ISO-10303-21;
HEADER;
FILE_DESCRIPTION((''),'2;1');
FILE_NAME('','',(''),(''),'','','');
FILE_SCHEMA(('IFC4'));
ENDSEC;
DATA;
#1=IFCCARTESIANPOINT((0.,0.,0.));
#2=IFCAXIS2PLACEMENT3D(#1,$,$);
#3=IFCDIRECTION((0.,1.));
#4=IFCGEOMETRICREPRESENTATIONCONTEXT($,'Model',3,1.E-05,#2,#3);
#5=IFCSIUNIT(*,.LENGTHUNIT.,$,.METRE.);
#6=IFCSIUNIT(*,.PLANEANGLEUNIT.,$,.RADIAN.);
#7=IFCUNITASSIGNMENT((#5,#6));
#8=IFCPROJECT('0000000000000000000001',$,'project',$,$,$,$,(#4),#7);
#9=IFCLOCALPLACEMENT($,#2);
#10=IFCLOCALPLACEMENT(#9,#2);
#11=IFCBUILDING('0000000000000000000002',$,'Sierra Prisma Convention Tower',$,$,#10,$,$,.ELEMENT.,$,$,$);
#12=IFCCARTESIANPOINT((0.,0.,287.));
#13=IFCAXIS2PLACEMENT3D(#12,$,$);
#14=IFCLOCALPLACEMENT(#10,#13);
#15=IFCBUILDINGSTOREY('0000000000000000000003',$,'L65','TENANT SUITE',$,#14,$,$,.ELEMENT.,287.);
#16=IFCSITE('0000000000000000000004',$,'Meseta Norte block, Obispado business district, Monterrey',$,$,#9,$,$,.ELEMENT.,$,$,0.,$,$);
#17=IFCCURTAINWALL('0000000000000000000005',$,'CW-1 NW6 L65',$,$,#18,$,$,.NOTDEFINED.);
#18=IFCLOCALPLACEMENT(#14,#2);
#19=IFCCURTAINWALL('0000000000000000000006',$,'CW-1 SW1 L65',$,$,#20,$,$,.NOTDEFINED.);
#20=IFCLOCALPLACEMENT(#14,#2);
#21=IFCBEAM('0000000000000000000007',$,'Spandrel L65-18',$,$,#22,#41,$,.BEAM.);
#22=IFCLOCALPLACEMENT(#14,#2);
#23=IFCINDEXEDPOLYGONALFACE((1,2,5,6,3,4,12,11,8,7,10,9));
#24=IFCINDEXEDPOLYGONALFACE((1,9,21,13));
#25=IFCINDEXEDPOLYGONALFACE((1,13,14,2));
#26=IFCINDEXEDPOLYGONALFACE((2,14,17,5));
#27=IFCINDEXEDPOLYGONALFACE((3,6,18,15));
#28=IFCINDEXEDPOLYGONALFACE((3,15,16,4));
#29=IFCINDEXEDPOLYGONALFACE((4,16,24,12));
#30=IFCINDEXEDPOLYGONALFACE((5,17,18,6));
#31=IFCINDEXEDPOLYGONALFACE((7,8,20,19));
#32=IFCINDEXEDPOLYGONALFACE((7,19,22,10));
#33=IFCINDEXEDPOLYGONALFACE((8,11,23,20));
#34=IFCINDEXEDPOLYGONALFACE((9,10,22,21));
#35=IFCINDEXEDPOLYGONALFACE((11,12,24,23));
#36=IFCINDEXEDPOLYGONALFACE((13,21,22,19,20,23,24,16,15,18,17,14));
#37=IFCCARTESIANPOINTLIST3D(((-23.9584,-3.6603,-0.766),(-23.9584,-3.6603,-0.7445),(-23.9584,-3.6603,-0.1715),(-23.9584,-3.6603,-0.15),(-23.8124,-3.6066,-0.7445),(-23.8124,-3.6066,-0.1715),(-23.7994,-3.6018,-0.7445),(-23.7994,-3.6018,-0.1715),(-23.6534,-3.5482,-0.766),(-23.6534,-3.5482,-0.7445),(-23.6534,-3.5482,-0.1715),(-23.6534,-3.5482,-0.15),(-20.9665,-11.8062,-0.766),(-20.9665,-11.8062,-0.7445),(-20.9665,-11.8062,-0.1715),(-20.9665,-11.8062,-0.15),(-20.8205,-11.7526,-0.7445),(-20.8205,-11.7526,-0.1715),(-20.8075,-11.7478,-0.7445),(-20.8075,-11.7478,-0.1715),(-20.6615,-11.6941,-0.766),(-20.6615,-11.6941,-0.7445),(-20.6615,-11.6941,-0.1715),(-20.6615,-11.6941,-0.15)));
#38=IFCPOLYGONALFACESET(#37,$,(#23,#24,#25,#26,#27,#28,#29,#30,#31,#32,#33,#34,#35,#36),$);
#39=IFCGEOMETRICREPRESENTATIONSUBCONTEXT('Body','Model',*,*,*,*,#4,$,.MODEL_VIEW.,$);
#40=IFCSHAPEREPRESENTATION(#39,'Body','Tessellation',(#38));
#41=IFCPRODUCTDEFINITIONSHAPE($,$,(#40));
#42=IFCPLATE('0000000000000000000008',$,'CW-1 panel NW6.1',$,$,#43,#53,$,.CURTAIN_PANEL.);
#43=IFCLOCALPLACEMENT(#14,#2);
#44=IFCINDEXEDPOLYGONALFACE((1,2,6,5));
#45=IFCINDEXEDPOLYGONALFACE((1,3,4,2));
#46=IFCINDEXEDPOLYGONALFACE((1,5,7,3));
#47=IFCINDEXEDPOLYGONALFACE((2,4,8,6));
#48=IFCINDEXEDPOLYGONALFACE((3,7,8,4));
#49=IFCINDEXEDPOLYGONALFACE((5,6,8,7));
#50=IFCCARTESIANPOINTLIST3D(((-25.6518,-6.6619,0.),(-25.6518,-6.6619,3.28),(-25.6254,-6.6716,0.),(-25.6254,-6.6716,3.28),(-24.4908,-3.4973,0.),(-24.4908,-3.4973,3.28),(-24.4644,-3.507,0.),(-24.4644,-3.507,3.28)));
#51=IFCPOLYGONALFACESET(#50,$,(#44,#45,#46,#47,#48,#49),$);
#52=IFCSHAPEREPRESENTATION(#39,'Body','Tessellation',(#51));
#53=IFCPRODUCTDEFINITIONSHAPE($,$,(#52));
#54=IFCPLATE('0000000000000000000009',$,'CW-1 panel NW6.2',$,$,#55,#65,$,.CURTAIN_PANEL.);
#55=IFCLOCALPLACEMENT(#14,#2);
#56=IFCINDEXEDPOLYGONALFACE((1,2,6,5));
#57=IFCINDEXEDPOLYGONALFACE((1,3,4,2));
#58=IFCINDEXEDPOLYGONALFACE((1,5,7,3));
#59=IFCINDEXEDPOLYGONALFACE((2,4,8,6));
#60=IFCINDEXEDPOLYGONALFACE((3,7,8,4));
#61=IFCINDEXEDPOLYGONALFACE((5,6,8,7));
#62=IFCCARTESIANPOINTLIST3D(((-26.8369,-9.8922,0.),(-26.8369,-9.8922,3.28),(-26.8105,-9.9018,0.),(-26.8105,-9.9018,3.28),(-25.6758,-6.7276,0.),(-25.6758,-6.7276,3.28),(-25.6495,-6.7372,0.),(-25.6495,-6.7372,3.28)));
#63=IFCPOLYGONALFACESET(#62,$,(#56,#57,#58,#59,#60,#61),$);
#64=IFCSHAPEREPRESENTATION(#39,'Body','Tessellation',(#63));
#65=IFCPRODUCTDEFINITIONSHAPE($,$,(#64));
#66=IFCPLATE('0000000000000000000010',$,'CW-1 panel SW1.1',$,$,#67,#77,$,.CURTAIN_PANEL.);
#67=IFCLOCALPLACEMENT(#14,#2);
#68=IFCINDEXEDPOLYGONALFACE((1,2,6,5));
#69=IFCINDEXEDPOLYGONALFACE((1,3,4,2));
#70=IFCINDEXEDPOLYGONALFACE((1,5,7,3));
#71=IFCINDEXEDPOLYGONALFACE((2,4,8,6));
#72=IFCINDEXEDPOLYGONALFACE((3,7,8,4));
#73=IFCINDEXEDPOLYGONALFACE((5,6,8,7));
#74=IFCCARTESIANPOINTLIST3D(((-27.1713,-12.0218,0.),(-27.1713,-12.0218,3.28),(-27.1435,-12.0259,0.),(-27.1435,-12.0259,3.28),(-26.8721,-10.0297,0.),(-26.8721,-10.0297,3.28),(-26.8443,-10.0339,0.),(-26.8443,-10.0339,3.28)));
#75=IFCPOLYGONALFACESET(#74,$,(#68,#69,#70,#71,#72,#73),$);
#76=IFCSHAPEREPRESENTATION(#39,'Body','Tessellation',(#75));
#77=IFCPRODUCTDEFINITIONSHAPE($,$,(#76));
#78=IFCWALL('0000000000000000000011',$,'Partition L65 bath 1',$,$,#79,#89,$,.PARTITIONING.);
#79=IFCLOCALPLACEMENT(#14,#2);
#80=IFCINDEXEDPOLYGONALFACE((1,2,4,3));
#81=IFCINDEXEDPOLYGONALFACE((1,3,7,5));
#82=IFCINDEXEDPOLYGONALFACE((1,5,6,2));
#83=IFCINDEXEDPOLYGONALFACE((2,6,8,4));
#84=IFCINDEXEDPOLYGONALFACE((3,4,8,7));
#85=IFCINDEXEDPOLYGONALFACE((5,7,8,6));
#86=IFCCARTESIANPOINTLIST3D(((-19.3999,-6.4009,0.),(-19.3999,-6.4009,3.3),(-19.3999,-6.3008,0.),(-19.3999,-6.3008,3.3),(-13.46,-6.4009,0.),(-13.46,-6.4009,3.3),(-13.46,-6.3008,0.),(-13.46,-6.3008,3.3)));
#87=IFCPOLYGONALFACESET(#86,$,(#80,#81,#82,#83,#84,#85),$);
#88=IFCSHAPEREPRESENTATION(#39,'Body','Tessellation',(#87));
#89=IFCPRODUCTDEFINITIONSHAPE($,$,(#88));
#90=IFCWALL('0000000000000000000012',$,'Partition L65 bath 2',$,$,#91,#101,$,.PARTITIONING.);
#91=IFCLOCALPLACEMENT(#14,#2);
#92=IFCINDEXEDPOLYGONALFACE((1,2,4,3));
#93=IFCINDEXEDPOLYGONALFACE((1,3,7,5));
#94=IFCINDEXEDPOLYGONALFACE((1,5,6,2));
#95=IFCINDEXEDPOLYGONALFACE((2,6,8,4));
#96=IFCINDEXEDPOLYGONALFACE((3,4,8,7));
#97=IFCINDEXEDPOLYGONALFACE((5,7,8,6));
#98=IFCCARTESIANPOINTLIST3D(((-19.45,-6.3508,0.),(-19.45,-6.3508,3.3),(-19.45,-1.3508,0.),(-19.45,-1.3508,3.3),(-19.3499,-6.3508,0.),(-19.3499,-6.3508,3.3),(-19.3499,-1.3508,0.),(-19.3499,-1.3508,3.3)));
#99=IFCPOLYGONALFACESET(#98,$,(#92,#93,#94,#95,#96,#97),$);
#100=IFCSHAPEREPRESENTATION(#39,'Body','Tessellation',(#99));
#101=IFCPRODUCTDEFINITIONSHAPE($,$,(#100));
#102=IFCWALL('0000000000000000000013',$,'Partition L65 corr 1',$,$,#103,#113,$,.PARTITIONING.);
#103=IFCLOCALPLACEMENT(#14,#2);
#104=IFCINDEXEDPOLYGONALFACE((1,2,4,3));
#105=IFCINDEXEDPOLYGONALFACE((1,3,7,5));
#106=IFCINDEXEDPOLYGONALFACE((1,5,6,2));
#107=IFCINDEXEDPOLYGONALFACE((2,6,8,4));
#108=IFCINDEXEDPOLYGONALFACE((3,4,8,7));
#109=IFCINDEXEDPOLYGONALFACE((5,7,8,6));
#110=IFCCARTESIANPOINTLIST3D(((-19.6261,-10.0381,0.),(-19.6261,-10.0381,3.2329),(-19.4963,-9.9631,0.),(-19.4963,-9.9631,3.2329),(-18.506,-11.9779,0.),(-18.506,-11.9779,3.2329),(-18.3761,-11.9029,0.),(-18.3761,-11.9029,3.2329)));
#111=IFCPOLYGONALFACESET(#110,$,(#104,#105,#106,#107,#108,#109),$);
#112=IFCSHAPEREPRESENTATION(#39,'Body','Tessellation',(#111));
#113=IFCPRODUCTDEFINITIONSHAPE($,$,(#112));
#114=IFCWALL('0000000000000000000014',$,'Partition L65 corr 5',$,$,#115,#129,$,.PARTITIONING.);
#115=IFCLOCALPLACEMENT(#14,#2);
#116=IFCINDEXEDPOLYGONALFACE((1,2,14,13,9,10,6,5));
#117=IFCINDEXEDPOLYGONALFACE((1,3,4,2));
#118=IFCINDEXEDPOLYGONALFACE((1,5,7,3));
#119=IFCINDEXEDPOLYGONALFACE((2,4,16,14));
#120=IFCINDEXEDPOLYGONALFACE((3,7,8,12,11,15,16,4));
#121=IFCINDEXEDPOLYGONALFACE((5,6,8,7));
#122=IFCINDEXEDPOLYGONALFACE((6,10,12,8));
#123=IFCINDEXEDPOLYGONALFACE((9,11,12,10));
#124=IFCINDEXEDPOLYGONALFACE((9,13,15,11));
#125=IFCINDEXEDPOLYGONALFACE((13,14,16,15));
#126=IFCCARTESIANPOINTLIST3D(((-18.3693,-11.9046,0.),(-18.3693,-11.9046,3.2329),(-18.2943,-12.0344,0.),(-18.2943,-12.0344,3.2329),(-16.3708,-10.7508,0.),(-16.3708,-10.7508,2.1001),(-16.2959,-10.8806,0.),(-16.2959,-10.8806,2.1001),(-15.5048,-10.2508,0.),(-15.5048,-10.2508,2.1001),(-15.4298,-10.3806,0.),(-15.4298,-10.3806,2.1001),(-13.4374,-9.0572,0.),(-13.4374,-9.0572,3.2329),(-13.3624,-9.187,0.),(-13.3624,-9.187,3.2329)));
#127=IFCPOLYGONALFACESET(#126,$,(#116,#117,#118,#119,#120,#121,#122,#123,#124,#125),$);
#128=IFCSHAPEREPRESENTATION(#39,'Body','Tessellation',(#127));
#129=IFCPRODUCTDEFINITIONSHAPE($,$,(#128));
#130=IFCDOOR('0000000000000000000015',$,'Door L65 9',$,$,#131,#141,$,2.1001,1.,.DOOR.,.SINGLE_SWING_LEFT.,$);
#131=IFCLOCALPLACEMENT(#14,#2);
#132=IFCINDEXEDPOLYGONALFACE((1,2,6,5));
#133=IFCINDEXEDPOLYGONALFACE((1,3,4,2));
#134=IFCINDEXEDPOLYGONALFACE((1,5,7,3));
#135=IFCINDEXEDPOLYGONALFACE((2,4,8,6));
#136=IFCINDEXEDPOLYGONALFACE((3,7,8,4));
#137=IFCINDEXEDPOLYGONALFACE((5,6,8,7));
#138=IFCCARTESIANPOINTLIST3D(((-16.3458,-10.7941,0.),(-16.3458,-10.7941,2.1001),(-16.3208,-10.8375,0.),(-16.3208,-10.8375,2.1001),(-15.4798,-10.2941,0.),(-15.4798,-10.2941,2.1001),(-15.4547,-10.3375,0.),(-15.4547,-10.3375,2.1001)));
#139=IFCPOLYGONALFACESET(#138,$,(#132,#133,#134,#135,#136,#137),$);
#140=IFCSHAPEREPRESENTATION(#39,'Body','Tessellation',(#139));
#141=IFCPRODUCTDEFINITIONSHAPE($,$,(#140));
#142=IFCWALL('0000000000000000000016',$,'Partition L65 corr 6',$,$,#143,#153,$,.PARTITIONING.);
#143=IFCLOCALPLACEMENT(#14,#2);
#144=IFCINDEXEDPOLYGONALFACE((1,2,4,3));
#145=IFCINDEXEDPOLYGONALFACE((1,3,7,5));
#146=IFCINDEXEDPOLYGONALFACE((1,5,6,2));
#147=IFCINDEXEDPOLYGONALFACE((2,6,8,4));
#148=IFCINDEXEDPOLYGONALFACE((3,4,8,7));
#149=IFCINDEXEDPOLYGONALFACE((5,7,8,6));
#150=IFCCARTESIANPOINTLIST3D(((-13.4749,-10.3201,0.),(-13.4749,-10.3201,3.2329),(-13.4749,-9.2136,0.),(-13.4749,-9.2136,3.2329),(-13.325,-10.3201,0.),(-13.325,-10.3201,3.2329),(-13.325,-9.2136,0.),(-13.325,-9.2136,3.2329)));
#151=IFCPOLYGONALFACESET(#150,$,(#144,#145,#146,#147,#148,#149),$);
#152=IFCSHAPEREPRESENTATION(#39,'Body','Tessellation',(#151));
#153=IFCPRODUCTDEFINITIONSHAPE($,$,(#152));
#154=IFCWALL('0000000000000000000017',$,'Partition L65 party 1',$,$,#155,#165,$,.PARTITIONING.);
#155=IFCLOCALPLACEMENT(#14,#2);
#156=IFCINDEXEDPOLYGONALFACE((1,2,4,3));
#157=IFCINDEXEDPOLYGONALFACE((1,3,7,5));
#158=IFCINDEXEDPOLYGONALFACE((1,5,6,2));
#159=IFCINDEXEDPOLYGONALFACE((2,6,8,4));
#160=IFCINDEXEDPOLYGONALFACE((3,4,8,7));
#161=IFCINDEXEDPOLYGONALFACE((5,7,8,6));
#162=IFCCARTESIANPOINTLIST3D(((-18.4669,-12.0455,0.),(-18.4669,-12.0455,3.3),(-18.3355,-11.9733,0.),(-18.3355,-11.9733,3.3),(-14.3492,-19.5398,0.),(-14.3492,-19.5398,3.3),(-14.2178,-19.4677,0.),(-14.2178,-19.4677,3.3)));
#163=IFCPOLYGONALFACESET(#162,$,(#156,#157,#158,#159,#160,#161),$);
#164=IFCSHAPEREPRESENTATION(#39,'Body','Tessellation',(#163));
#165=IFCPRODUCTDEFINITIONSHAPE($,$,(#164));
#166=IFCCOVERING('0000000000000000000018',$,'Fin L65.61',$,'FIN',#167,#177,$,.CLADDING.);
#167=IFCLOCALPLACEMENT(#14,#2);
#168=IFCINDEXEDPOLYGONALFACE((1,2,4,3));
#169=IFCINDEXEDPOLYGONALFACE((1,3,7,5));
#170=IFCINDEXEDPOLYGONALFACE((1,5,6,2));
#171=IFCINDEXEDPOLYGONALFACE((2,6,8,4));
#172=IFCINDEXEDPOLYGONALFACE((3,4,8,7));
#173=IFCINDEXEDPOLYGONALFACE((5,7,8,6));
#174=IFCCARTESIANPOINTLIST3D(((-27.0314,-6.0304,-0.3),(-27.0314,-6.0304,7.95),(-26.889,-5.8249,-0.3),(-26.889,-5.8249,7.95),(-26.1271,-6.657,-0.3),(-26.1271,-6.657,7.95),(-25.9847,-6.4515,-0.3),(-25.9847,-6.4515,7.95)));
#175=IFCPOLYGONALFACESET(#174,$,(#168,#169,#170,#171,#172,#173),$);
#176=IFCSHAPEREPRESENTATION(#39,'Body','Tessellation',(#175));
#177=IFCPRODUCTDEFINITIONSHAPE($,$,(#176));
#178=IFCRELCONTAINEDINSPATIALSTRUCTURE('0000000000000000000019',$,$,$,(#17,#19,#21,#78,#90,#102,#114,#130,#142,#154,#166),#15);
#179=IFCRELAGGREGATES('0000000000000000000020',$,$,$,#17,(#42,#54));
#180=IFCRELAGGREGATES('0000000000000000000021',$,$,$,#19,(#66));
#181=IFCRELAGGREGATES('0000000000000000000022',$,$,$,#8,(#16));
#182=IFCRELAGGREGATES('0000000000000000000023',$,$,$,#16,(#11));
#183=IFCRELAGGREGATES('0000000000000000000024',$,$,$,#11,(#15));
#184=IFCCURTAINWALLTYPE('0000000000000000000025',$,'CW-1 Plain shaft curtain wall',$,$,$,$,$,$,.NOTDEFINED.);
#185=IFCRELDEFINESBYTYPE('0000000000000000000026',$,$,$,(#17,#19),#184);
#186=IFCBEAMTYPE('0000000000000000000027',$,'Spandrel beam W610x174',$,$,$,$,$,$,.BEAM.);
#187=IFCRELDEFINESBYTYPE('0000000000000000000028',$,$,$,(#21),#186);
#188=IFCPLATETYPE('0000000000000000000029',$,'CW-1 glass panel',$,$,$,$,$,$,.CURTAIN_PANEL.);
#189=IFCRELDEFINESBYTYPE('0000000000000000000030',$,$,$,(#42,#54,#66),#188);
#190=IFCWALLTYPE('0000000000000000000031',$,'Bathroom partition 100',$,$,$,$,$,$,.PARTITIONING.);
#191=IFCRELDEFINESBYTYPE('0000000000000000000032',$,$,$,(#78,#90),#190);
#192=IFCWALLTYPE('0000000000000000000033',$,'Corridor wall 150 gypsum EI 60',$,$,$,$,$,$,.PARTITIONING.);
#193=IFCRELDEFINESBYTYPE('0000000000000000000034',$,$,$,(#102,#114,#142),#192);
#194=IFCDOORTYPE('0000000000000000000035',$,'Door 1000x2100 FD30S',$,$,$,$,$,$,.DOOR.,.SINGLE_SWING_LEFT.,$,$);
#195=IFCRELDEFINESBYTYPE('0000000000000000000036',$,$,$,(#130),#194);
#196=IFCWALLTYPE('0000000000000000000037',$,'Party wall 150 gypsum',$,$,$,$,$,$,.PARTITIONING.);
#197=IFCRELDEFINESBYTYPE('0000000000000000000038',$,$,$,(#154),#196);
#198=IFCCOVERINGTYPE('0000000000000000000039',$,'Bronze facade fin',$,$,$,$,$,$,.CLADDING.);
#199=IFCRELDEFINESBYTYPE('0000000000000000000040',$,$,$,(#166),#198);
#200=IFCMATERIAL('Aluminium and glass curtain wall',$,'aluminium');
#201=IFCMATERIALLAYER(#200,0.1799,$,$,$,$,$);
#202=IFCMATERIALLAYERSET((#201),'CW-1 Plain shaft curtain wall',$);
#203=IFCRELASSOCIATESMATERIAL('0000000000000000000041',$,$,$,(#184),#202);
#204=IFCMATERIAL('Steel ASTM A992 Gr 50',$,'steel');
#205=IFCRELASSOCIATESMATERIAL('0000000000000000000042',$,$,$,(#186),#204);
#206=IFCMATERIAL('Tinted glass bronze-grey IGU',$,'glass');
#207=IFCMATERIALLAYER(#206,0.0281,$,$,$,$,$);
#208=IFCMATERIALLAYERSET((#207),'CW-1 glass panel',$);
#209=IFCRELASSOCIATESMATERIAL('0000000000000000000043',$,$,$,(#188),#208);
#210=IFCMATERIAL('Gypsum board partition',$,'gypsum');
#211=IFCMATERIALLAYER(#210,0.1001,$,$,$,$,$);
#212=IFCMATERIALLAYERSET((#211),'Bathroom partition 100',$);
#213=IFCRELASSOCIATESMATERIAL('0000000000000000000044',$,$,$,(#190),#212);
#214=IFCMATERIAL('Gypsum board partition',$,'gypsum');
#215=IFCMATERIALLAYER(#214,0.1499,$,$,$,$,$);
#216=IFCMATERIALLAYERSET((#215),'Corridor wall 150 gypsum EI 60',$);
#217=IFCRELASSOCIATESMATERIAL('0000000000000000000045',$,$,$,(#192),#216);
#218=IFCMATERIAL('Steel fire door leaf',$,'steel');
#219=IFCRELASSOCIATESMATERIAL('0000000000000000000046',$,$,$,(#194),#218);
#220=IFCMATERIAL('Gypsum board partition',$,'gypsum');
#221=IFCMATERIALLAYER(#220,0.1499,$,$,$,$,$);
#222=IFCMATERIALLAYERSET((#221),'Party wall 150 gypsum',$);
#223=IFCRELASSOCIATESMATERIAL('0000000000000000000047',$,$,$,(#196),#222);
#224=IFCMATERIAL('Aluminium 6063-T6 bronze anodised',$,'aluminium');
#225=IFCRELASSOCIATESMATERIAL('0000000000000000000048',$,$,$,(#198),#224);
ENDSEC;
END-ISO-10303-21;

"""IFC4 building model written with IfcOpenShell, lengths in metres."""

from ifc_helpers import new_model, si_unit, direction, frame, frame_2d, origin, origin_2d, place, context, subcontext, project, spatial, rectangle, i_section, extrude, material, layer, layer_set, material_profile, profile_set, type_object, element, fill, aggregate, save


model = new_model("IFC4")

# Units and contexts
model_context = context("Model", 3, precision=1e-05, world=origin(), true_north=direction((0.0, 1.0)))
body_context = subcontext(model_context, "Body", "Model", "MODEL_VIEW")
ifc_project = project(units=[si_unit("LENGTHUNIT", "METRE"), si_unit("PLANEANGLEUNIT", "RADIAN")], contexts=[model_context])

# Site, building, storey
site_placement = place(None, origin())
site = spatial("IfcSite", under=ifc_project, at=site_placement, Name="Meseta Norte block, Obispado business district, Monterrey", CompositionType="ELEMENT", RefElevation=0.0)
building_placement = place(site_placement, origin())
building = spatial("IfcBuilding", under=site, at=building_placement, Name="Sierra Prisma Convention Tower", CompositionType="ELEMENT")
storey_placement = place(building_placement, frame((0.0, 0.0, 287.0)))
storey = spatial("IfcBuildingStorey", under=building, at=storey_placement, Name="L65", Description="TENANT SUITE", CompositionType="ELEMENT", Elevation=287.0)

# Curtain walls
ifc_material_1 = material(Name="Aluminium and glass curtain wall", Category="aluminium")
ifc_layer_1 = layer(ifc_material_1, 0.1799)
ifc_layer_set_1 = layer_set([ifc_layer_1], Name="CW-1 Plain shaft curtain wall")
curtain_wall_type = type_object("IfcCurtainWallType", Name="CW-1 Plain shaft curtain wall", PredefinedType="NOTDEFINED", material=ifc_layer_set_1)
curtain_wall_1_placement = place(storey_placement, origin())
curtain_wall_1 = element("IfcCurtainWall", 1, at=curtain_wall_1_placement, inside=storey, type_object=curtain_wall_type, Name="CW-1 NW6 L65", PredefinedType="NOTDEFINED")
curtain_wall_2_placement = place(storey_placement, origin())
curtain_wall_2 = element("IfcCurtainWall", 2, at=curtain_wall_2_placement, inside=storey, type_object=curtain_wall_type, Name="CW-1 SW1 L65", PredefinedType="NOTDEFINED")

# Beam
ifc_material_2 = material(Name="Steel ASTM A992 Gr 50", Category="steel")
ifc_material_profile_1 = material_profile(ifc_material_2, i_section(OverallWidth=0.325, OverallDepth=0.616, WebThickness=0.0139, FlangeThickness=0.0215, at=origin_2d()), Name="W610x174")
ifc_profile_set_1 = profile_set([ifc_material_profile_1], Name="Steel ASTM A992 Gr 50")
beam_type_1 = type_object("IfcBeamType", Name="Spandrel beam W610x174", PredefinedType="BEAM", material=ifc_profile_set_1)
beam_1_placement = place(storey_placement, frame((-23.8059, -3.6042, -0.458), z_axis=(0.34477, -0.938687, 0.0), x_axis=(0.938687, 0.34477, 0.0)))
element("IfcBeam", 3, at=beam_1_placement, inside=storey, type_object=beam_type_1, Name="Spandrel L65-18", PredefinedType="BEAM", context=body_context, shape_type="SweptSolid", body=[
    extrude(i_section(OverallWidth=0.325, OverallDepth=0.616, WebThickness=0.0139, FlangeThickness=0.0215, at=origin_2d()), origin(), (0.0, 0.0, 1.0), 8.678),
])

# Plates
ifc_material_3 = material(Name="Tinted glass bronze-grey IGU", Category="glass")
ifc_layer_2 = layer(ifc_material_3, 0.0281)
ifc_layer_set_2 = layer_set([ifc_layer_2], Name="CW-1 glass panel")
plate_type = type_object("IfcPlateType", Name="CW-1 glass panel", PredefinedType="CURTAIN_PANEL", material=ifc_layer_set_2)
plate_1_placement = place(storey_placement, frame((-25.0581, -5.0845, 0.0), z_axis=(0.0, 0.0, 1.0), x_axis=(-0.344435, -0.93881, 0.0)))
plate_1 = element("IfcPlate", 4, at=plate_1_placement, type_object=plate_type, Name="CW-1 panel NW6.1", PredefinedType="CURTAIN_PANEL", context=body_context, shape_type="SweptSolid", body=[
    extrude(rectangle(XDim=3.3708, YDim=0.0281, at=origin_2d()), origin(), (0.0, 0.0, 1.0), 3.28),
])
plate_2_placement = place(storey_placement, frame((-26.2432, -8.3147, 0.0), z_axis=(0.0, 0.0, 1.0), x_axis=(-0.344435, -0.93881, 0.0)))
plate_2 = element("IfcPlate", 5, at=plate_2_placement, type_object=plate_type, Name="CW-1 panel NW6.2", PredefinedType="CURTAIN_PANEL", context=body_context, shape_type="SweptSolid", body=[
    extrude(rectangle(XDim=3.3708, YDim=0.0281, at=origin_2d()), origin(), (0.0, 0.0, 1.0), 3.28),
])
aggregate(curtain_wall_1, [plate_1, plate_2])
plate_3_placement = place(storey_placement, frame((-27.0078, -11.0278, 0.0), z_axis=(0.0, 0.0, 1.0), x_axis=(-0.148524, -0.988909, 0.0)))
plate_3 = element("IfcPlate", 6, at=plate_3_placement, type_object=plate_type, Name="CW-1 panel SW1.1", PredefinedType="CURTAIN_PANEL", context=body_context, shape_type="SweptSolid", body=[
    extrude(rectangle(XDim=2.0144, YDim=0.0281, at=origin_2d()), origin(), (0.0, 0.0, 1.0), 3.28),
])
aggregate(curtain_wall_2, [plate_3])

# Walls
ifc_material_4 = material(Name="Gypsum board partition", Category="gypsum")
ifc_layer_3 = layer(ifc_material_4, 0.1001)
ifc_layer_set_3 = layer_set([ifc_layer_3], Name="Bathroom partition 100")
wall_type_1 = type_object("IfcWallType", Name="Bathroom partition 100", PredefinedType="PARTITIONING", material=ifc_layer_set_3)
wall_1_placement = place(storey_placement, frame((-13.46, -6.3508, 0.0), z_axis=(0.0, 0.0, 1.0), x_axis=(-1.0, 0.0, 0.0)))
element("IfcWall", 7, at=wall_1_placement, inside=storey, type_object=wall_type_1, Name="Partition L65 bath 1", PredefinedType="PARTITIONING", context=body_context, shape_type="SweptSolid", body=[
    extrude(rectangle(XDim=5.9399, YDim=0.1001, at=frame_2d((2.97, 0.0))), origin(), (0.0, 0.0, 1.0), 3.3),
])
wall_2_placement = place(storey_placement, frame((-19.3999, -6.3508, 0.0), z_axis=(0.0, 0.0, 1.0), x_axis=(0.0, 1.0, 0.0)))
element("IfcWall", 8, at=wall_2_placement, inside=storey, type_object=wall_type_1, Name="Partition L65 bath 2", PredefinedType="PARTITIONING", context=body_context, shape_type="SweptSolid", body=[
    extrude(rectangle(XDim=5.0, YDim=0.1001, at=frame_2d((2.5, 0.0))), origin(), (0.0, 0.0, 1.0), 3.3),
])
ifc_material_5 = material(Name="Gypsum board partition", Category="gypsum")
ifc_layer_4 = layer(ifc_material_5, 0.1499)
ifc_layer_set_4 = layer_set([ifc_layer_4], Name="Corridor wall 150 gypsum EI 60")
wall_type_2 = type_object("IfcWallType", Name="Corridor wall 150 gypsum EI 60", PredefinedType="PARTITIONING", material=ifc_layer_set_4)
wall_3_placement = place(storey_placement, frame((-19.5613, -10.0005, 0.0), z_axis=(0.0, 0.0, 1.0), x_axis=(0.500078, -0.86598, 0.0)))
element("IfcWall", 9, at=wall_3_placement, inside=storey, type_object=wall_type_2, Name="Partition L65 corr 1", PredefinedType="PARTITIONING", context=body_context, shape_type="SweptSolid", body=[
    extrude(rectangle(XDim=2.24, YDim=0.1499, at=frame_2d((1.1201, 0.0))), origin(), (0.0, 0.0, 1.0), 3.2329),
])

# Wall, opening, door
wall_4_placement = place(storey_placement, frame((-18.3318, -11.9695, 0.0), z_axis=(0.0, 0.0, 1.0), x_axis=(0.866026, 0.499998, 0.0)))
wall_4 = element("IfcWall", 10, at=wall_4_placement, inside=storey, type_object=wall_type_2, Name="Partition L65 corr 5", PredefinedType="PARTITIONING", context=body_context, shape_type="SweptSolid", body=[
    extrude(rectangle(XDim=5.6948, YDim=0.1499, at=frame_2d((2.8474, 0.0))), origin(), (0.0, 0.0, 1.0), 3.2329),
])
opening_placement = place(wall_4_placement, frame((2.3076, 0.0, 0.0)))
opening = element("IfcOpeningElement", 11, at=opening_placement, cuts=wall_4, PredefinedType="OPENING", context=body_context, shape_type="SweptSolid", body=[
    extrude(rectangle(XDim=1.0, YDim=2.1001, at=frame_2d((0.5, 1.05))), frame((0.0, 0.075, 0.0), z_axis=(0.0, -1.0, 0.0), x_axis=(1.0, 0.0, 0.0)), (0.0, 0.0, 1.0), 0.1499),
])
ifc_material_6 = material(Name="Steel fire door leaf", Category="steel")
door_type = type_object("IfcDoorType", Name="Door 1000x2100 FD30S", OperationType="SINGLE_SWING_LEFT", PredefinedType="DOOR", material=ifc_material_6)
door_placement = place(opening_placement, origin())
door = element("IfcDoor", 12, at=door_placement, inside=storey, type_object=door_type, Name="Door L65 9", OperationType="SINGLE_SWING_LEFT", OverallHeight=2.1001, OverallWidth=1.0, PredefinedType="DOOR", context=body_context, shape_type="SweptSolid", body=[
    extrude(rectangle(XDim=1.0, YDim=2.1001, at=frame_2d((0.5, 1.05))), frame((0.0, 0.0249, 0.0), z_axis=(0.0, -1.0, 0.0), x_axis=(1.0, 0.0, 0.0)), (0.0, 0.0, 1.0), 0.05),
])
fill(opening, door)

# Walls
wall_5_placement = place(storey_placement, frame((-13.3999, -9.2136, 0.0), z_axis=(0.0, 0.0, 1.0), x_axis=(0.0, -1.0, 0.0)))
element("IfcWall", 13, at=wall_5_placement, inside=storey, type_object=wall_type_2, Name="Partition L65 corr 6", PredefinedType="PARTITIONING", context=body_context, shape_type="SweptSolid", body=[
    extrude(rectangle(XDim=1.1064, YDim=0.1499, at=frame_2d((0.5532, 0.0))), origin(), (0.0, 0.0, 1.0), 3.2329),
])
ifc_material_7 = material(Name="Gypsum board partition", Category="gypsum")
ifc_layer_5 = layer(ifc_material_7, 0.1499)
ifc_layer_set_5 = layer_set([ifc_layer_5], Name="Party wall 150 gypsum")
wall_type_3 = type_object("IfcWallType", Name="Party wall 150 gypsum", PredefinedType="PARTITIONING", material=ifc_layer_set_5)
wall_6_placement = place(storey_placement, frame((-18.4011, -12.0095, 0.0), z_axis=(0.0, 0.0, 1.0), x_axis=(0.481538, -0.876425, 0.0)))
element("IfcWall", 14, at=wall_6_placement, inside=storey, type_object=wall_type_3, Name="Partition L65 party 1", PredefinedType="PARTITIONING", context=body_context, shape_type="SweptSolid", body=[
    extrude(rectangle(XDim=8.551, YDim=0.1499, at=frame_2d((4.2754, 0.0))), origin(), (0.0, 0.0, 1.0), 3.3),
])

# Covering
ifc_material_8 = material(Name="Aluminium 6063-T6 bronze anodised", Category="aluminium")
ifc_material_profile_2 = material_profile(ifc_material_8, rectangle(XDim=1.1001, YDim=0.25, at=origin_2d()), Name="ALU FIN 1100x250")
ifc_profile_set_2 = profile_set([ifc_material_profile_2], Name="Aluminium 6063-T6 bronze anodised")
covering_type = type_object("IfcCoveringType", Name="Bronze facade fin", PredefinedType="CLADDING", material=ifc_profile_set_2)
for number, where, z_axis, x_axis, name in (
    (15, (-26.5081, -6.241, -0.3), (0.0, 0.0, 1.0), (-0.821956, 0.569551, 0.0), "Fin L65.61"),
):
    element("IfcCovering", number, at=place(storey_placement, frame(where, z_axis=z_axis, x_axis=x_axis)), inside=storey, type_object=covering_type, Name=name, ObjectType="FIN", PredefinedType="CLADDING", context=body_context, shape_type="SweptSolid", body=[
        extrude(rectangle(XDim=1.1001, YDim=0.25, at=origin_2d()), origin(), (0.0, 0.0, 1.0), 8.25),
    ])

save(model, "model.ifc")
